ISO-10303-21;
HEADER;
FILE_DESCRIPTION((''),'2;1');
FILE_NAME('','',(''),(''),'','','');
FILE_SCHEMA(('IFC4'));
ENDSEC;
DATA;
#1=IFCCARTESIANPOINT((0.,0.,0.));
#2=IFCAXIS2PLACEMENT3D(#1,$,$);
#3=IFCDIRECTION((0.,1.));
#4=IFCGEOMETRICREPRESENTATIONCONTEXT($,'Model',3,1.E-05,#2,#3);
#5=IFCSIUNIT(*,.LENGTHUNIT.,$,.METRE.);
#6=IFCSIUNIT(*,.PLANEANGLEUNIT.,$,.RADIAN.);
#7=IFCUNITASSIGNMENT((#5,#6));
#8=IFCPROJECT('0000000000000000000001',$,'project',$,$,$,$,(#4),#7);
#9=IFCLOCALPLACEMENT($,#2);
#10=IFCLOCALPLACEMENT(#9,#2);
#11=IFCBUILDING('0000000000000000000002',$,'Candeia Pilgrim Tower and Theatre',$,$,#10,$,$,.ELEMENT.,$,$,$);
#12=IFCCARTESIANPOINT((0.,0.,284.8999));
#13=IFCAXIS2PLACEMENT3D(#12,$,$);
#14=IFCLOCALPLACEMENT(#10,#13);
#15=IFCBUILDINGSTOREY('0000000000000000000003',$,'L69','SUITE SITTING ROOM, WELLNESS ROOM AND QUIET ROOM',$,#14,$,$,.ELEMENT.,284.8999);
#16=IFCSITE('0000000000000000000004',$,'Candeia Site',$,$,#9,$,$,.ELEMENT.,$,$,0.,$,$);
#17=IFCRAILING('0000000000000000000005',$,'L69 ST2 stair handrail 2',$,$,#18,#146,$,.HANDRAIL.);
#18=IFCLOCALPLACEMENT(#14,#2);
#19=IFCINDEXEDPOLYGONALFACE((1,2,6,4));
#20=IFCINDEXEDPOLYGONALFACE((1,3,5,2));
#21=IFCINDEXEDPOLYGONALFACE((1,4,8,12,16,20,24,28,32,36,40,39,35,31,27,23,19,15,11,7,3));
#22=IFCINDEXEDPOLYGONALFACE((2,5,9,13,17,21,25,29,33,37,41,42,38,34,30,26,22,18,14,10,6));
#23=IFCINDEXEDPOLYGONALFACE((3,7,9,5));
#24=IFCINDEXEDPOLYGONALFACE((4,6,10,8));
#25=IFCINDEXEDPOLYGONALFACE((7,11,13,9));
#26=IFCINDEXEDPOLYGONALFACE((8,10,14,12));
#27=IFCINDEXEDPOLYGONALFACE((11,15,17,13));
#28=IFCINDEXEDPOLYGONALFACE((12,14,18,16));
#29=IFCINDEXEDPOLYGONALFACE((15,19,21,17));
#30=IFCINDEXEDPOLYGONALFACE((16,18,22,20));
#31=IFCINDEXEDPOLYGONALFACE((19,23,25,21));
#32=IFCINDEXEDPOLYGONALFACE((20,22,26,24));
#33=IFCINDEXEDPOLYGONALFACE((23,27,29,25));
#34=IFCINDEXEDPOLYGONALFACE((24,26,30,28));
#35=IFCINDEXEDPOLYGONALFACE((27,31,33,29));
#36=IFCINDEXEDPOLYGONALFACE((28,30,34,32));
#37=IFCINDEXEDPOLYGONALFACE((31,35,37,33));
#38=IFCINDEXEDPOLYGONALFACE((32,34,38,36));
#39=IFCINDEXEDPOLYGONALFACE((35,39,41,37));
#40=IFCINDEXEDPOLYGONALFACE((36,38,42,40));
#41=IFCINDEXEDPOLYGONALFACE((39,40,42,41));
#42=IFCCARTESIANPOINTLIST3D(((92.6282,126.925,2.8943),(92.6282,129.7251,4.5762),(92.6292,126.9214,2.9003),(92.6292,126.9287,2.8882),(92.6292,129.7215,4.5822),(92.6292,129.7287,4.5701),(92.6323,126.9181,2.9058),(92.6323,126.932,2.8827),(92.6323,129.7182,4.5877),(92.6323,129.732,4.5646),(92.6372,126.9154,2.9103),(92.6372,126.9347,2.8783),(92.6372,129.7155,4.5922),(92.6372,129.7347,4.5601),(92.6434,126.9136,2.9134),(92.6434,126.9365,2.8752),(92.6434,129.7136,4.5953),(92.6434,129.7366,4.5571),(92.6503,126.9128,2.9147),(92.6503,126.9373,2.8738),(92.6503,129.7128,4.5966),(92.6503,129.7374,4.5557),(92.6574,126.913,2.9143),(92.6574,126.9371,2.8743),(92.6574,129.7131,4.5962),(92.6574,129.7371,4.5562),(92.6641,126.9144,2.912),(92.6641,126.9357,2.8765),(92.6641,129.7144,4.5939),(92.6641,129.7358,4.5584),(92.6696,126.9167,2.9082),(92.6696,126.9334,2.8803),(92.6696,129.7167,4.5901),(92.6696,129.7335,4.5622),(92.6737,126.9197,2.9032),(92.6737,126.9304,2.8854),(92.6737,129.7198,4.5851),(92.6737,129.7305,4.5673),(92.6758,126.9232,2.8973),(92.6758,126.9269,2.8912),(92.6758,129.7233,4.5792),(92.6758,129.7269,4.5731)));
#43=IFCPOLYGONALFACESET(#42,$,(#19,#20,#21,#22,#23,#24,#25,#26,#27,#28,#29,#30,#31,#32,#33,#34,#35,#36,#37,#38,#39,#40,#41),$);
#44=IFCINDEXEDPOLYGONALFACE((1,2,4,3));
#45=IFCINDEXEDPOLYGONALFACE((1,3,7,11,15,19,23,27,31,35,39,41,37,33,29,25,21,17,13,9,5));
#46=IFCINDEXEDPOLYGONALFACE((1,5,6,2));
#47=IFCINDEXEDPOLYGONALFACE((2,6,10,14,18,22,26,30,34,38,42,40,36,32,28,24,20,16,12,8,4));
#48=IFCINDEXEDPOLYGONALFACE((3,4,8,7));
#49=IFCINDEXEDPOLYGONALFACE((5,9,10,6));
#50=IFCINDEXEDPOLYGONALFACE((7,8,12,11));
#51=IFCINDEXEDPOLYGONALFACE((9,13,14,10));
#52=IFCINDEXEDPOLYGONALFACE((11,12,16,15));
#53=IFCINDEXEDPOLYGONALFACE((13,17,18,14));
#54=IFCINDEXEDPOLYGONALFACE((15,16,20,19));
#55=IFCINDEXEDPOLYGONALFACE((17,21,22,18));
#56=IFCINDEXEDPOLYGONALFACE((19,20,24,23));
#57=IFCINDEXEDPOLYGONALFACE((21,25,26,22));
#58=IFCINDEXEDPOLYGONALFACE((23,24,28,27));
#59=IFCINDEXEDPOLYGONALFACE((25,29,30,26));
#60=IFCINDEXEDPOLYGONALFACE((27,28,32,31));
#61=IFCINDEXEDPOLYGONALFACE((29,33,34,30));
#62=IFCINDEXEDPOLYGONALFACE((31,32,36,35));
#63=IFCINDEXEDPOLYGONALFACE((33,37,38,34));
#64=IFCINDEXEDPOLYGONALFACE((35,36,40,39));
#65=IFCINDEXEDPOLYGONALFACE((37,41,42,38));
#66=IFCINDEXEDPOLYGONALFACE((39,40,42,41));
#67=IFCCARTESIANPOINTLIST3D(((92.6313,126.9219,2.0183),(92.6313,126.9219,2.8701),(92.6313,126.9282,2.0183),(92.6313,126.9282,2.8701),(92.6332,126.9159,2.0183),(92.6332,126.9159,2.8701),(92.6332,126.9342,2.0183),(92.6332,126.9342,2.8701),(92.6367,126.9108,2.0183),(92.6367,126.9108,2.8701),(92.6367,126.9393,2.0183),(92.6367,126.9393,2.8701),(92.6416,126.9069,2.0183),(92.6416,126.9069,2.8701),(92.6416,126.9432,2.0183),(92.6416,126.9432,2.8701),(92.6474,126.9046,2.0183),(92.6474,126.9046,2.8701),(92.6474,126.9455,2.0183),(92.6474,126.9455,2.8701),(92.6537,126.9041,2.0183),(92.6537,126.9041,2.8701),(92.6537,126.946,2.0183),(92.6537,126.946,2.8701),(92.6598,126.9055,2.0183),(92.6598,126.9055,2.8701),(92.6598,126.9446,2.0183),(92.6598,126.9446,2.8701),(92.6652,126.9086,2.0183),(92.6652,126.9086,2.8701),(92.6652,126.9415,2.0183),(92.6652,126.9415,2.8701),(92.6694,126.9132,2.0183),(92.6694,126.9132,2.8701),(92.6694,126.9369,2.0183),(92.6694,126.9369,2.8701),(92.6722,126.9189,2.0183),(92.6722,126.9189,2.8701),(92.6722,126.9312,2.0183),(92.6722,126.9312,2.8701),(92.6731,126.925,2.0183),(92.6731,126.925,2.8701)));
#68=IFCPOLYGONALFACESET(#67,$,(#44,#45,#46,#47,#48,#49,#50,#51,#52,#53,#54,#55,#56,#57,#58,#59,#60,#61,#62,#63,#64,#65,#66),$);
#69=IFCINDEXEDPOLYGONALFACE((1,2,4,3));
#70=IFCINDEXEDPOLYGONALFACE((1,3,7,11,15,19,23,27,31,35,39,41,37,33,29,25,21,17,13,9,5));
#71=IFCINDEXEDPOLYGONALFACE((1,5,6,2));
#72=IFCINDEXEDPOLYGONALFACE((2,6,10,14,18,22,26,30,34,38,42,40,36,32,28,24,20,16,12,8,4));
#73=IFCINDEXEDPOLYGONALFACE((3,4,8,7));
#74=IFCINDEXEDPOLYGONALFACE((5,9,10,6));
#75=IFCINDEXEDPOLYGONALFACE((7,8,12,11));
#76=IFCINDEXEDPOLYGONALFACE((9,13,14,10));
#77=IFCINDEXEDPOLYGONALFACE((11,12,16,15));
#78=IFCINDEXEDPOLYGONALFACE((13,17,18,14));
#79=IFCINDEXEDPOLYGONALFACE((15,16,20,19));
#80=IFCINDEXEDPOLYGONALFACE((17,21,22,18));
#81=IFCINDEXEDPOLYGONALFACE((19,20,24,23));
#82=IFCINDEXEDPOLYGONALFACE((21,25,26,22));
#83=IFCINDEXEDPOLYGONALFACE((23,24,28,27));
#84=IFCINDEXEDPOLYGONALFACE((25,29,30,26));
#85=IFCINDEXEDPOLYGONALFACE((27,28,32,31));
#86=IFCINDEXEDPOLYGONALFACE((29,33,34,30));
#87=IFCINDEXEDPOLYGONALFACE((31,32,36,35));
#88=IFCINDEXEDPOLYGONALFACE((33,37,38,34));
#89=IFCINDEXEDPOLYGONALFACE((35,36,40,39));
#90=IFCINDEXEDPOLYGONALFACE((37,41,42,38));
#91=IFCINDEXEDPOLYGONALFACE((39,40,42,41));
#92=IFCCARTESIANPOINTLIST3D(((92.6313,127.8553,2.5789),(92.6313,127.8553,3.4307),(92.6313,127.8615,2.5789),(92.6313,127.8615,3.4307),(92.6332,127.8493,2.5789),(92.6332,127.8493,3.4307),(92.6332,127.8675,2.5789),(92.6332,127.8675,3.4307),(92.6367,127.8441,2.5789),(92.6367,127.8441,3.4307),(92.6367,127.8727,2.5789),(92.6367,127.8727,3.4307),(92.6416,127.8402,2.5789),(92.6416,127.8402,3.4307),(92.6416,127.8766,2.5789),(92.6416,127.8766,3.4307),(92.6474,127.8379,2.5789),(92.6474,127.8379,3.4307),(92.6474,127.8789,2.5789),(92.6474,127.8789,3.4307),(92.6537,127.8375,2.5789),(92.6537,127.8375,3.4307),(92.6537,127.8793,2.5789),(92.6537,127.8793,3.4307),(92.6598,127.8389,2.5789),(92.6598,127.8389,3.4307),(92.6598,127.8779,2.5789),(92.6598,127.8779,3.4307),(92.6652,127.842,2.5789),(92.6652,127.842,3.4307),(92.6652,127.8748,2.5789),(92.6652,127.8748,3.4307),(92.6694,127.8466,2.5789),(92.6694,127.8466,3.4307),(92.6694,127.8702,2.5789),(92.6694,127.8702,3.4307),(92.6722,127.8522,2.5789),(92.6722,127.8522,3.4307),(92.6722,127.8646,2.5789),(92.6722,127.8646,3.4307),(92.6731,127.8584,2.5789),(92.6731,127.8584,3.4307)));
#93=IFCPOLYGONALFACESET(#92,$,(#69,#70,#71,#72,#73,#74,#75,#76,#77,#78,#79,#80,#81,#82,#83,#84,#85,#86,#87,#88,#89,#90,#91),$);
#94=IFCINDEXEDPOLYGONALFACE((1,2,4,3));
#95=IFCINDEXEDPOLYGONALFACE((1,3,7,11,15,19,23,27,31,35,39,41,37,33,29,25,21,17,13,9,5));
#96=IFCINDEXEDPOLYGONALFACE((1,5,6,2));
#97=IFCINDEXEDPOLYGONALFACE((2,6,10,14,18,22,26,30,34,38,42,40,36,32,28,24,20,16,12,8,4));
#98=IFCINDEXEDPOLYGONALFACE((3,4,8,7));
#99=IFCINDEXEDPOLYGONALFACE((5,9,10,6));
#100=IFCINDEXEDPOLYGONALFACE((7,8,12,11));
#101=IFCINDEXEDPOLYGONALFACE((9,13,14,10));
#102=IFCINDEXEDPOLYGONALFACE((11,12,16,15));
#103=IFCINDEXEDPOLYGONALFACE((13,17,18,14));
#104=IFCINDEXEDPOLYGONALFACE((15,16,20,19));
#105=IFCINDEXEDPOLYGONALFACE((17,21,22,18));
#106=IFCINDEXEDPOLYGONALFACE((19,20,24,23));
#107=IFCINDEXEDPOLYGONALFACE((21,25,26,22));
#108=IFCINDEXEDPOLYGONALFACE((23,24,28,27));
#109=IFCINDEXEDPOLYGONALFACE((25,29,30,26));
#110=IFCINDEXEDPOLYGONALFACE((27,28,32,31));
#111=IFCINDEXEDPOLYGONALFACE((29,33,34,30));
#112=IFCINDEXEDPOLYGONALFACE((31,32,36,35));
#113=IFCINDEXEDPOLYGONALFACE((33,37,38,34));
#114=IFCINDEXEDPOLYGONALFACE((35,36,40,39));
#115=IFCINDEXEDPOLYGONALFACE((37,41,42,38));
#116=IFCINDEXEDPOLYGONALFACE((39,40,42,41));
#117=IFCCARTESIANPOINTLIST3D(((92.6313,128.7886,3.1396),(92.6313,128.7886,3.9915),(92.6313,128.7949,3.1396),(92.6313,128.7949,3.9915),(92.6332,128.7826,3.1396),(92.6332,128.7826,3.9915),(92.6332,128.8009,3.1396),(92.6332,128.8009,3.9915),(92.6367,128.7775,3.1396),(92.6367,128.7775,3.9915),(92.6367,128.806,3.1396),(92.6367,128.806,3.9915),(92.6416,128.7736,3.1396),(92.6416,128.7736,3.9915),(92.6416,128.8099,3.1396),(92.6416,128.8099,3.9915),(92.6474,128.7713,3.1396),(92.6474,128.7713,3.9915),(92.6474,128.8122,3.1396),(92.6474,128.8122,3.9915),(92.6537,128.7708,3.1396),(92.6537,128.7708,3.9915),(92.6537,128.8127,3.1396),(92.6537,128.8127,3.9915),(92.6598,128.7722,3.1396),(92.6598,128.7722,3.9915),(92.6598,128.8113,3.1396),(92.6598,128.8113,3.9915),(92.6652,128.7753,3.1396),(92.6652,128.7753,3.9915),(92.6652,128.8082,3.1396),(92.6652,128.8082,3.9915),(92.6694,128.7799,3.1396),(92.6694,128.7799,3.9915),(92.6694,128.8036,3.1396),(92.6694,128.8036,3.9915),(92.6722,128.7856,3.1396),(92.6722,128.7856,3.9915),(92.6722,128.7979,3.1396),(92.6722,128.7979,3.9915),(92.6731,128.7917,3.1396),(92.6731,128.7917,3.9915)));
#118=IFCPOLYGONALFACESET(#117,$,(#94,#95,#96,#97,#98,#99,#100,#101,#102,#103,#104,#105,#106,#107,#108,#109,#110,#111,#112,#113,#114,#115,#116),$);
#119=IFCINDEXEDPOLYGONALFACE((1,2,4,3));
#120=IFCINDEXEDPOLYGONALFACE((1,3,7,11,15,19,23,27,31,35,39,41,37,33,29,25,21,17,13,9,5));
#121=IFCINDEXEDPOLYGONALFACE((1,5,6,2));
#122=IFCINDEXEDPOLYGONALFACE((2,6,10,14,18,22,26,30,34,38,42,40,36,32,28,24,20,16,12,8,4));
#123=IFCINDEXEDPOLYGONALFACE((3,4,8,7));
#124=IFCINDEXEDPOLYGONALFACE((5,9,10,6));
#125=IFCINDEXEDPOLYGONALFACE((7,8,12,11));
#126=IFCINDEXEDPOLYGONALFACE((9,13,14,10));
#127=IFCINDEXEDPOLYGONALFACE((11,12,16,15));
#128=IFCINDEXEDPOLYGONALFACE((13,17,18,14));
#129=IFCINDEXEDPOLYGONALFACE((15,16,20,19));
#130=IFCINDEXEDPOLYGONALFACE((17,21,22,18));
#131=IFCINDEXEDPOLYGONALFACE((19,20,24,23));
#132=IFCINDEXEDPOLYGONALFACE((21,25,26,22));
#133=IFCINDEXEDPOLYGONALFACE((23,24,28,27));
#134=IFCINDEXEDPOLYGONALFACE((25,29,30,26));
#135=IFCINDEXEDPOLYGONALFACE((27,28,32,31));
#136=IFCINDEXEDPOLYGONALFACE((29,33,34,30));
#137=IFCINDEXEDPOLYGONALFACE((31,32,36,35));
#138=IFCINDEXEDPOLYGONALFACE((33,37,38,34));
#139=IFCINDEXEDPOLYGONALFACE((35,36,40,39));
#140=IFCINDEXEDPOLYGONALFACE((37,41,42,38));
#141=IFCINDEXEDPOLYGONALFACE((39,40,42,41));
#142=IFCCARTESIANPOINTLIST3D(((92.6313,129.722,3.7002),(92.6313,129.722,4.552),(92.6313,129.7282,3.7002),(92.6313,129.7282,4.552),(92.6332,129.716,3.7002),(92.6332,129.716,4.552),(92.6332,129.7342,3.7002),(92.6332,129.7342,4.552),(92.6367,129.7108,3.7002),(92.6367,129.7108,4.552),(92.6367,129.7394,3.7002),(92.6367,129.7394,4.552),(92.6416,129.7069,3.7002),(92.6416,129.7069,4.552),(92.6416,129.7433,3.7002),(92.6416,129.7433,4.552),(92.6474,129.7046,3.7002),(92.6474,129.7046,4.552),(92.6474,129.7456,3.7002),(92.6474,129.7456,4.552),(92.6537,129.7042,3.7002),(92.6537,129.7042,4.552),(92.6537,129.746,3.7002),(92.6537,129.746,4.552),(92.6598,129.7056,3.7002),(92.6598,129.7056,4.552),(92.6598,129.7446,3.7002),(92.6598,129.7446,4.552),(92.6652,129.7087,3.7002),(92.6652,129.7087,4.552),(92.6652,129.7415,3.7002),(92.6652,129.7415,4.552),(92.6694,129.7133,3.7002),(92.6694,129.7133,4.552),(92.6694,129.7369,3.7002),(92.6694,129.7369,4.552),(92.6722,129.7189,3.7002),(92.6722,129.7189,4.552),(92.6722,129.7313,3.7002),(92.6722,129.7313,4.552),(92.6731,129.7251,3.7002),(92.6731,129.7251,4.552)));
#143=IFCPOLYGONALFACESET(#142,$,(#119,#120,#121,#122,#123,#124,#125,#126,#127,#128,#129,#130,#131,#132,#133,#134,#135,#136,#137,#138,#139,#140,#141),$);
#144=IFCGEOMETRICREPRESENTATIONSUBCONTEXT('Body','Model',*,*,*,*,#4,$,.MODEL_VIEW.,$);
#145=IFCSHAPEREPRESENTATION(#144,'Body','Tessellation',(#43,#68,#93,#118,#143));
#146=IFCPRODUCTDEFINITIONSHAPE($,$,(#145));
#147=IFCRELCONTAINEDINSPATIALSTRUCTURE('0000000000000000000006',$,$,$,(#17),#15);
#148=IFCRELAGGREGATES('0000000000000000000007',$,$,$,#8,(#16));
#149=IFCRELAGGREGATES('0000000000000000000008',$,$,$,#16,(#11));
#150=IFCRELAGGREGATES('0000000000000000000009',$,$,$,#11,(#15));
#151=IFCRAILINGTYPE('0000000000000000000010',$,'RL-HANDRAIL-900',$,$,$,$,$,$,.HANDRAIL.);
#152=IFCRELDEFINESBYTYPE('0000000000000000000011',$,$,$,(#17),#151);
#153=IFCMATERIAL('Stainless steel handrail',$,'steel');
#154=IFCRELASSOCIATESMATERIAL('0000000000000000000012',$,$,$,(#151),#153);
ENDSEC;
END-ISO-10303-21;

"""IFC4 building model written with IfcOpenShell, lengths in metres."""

from ifc_helpers import new_model, si_unit, direction, frame, origin, origin_2d, place, context, subcontext, project, spatial, circle, extrude, material, type_object, element, save


model = new_model("IFC4")

# Units and contexts
model_context = context("Model", 3, precision=1e-05, world=origin(), true_north=direction((0.0, 1.0)))
body_context = subcontext(model_context, "Body", "Model", "MODEL_VIEW")
ifc_project = project(units=[si_unit("LENGTHUNIT", "METRE"), si_unit("PLANEANGLEUNIT", "RADIAN")], contexts=[model_context])

# Site, building, storey
site_placement = place(None, origin())
site = spatial("IfcSite", under=ifc_project, at=site_placement, Name="Candeia Site", CompositionType="ELEMENT", RefElevation=0.0)
building_placement = place(site_placement, origin())
building = spatial("IfcBuilding", under=site, at=building_placement, Name="Candeia Pilgrim Tower and Theatre", CompositionType="ELEMENT")
storey_placement = place(building_placement, frame((0.0, 0.0, 284.8999)))
storey = spatial("IfcBuildingStorey", under=building, at=storey_placement, Name="L69", Description="SUITE SITTING ROOM, WELLNESS ROOM AND QUIET ROOM", CompositionType="ELEMENT", Elevation=284.8999)

# Railing
ifc_material_1 = material(Name="Stainless steel handrail", Category="steel")
railing_type_1 = type_object("IfcRailingType", Name="RL-HANDRAIL-900", PredefinedType="HANDRAIL", material=ifc_material_1)
for number, where, name in (
    (1, (92.6521, 126.925, 2.0183), "L69 ST2 stair handrail 2"),
):
    element("IfcRailing", number, at=place(storey_placement, frame(where)), inside=storey, type_object=railing_type_1, Name=name, PredefinedType="HANDRAIL", context=body_context, shape_type="SweptSolid", body=[
        extrude(circle(Radius=0.0239, at=origin_2d()), frame((0.0, 0.0, 0.876), z_axis=(0.0, 0.857242, 0.514913), x_axis=(-1.0, 0.0, 0.0)), (0.0, 0.0, 1.0), 3.2664),
        extrude(circle(Radius=0.021, at=origin_2d()), origin(), (0.0, 0.0, 1.0), 0.8518),
        extrude(circle(Radius=0.021, at=origin_2d()), frame((0.0, 0.9333, 0.5605)), (0.0, 0.0, 1.0), 0.8518),
        extrude(circle(Radius=0.021, at=origin_2d()), frame((0.0, 1.8667, 1.1213)), (0.0, 0.0, 1.0), 0.8518),
        extrude(circle(Radius=0.021, at=origin_2d()), frame((0.0, 2.8, 1.6819)), (0.0, 0.0, 1.0), 0.8518),
    ])

save(model, "model.ifc")
